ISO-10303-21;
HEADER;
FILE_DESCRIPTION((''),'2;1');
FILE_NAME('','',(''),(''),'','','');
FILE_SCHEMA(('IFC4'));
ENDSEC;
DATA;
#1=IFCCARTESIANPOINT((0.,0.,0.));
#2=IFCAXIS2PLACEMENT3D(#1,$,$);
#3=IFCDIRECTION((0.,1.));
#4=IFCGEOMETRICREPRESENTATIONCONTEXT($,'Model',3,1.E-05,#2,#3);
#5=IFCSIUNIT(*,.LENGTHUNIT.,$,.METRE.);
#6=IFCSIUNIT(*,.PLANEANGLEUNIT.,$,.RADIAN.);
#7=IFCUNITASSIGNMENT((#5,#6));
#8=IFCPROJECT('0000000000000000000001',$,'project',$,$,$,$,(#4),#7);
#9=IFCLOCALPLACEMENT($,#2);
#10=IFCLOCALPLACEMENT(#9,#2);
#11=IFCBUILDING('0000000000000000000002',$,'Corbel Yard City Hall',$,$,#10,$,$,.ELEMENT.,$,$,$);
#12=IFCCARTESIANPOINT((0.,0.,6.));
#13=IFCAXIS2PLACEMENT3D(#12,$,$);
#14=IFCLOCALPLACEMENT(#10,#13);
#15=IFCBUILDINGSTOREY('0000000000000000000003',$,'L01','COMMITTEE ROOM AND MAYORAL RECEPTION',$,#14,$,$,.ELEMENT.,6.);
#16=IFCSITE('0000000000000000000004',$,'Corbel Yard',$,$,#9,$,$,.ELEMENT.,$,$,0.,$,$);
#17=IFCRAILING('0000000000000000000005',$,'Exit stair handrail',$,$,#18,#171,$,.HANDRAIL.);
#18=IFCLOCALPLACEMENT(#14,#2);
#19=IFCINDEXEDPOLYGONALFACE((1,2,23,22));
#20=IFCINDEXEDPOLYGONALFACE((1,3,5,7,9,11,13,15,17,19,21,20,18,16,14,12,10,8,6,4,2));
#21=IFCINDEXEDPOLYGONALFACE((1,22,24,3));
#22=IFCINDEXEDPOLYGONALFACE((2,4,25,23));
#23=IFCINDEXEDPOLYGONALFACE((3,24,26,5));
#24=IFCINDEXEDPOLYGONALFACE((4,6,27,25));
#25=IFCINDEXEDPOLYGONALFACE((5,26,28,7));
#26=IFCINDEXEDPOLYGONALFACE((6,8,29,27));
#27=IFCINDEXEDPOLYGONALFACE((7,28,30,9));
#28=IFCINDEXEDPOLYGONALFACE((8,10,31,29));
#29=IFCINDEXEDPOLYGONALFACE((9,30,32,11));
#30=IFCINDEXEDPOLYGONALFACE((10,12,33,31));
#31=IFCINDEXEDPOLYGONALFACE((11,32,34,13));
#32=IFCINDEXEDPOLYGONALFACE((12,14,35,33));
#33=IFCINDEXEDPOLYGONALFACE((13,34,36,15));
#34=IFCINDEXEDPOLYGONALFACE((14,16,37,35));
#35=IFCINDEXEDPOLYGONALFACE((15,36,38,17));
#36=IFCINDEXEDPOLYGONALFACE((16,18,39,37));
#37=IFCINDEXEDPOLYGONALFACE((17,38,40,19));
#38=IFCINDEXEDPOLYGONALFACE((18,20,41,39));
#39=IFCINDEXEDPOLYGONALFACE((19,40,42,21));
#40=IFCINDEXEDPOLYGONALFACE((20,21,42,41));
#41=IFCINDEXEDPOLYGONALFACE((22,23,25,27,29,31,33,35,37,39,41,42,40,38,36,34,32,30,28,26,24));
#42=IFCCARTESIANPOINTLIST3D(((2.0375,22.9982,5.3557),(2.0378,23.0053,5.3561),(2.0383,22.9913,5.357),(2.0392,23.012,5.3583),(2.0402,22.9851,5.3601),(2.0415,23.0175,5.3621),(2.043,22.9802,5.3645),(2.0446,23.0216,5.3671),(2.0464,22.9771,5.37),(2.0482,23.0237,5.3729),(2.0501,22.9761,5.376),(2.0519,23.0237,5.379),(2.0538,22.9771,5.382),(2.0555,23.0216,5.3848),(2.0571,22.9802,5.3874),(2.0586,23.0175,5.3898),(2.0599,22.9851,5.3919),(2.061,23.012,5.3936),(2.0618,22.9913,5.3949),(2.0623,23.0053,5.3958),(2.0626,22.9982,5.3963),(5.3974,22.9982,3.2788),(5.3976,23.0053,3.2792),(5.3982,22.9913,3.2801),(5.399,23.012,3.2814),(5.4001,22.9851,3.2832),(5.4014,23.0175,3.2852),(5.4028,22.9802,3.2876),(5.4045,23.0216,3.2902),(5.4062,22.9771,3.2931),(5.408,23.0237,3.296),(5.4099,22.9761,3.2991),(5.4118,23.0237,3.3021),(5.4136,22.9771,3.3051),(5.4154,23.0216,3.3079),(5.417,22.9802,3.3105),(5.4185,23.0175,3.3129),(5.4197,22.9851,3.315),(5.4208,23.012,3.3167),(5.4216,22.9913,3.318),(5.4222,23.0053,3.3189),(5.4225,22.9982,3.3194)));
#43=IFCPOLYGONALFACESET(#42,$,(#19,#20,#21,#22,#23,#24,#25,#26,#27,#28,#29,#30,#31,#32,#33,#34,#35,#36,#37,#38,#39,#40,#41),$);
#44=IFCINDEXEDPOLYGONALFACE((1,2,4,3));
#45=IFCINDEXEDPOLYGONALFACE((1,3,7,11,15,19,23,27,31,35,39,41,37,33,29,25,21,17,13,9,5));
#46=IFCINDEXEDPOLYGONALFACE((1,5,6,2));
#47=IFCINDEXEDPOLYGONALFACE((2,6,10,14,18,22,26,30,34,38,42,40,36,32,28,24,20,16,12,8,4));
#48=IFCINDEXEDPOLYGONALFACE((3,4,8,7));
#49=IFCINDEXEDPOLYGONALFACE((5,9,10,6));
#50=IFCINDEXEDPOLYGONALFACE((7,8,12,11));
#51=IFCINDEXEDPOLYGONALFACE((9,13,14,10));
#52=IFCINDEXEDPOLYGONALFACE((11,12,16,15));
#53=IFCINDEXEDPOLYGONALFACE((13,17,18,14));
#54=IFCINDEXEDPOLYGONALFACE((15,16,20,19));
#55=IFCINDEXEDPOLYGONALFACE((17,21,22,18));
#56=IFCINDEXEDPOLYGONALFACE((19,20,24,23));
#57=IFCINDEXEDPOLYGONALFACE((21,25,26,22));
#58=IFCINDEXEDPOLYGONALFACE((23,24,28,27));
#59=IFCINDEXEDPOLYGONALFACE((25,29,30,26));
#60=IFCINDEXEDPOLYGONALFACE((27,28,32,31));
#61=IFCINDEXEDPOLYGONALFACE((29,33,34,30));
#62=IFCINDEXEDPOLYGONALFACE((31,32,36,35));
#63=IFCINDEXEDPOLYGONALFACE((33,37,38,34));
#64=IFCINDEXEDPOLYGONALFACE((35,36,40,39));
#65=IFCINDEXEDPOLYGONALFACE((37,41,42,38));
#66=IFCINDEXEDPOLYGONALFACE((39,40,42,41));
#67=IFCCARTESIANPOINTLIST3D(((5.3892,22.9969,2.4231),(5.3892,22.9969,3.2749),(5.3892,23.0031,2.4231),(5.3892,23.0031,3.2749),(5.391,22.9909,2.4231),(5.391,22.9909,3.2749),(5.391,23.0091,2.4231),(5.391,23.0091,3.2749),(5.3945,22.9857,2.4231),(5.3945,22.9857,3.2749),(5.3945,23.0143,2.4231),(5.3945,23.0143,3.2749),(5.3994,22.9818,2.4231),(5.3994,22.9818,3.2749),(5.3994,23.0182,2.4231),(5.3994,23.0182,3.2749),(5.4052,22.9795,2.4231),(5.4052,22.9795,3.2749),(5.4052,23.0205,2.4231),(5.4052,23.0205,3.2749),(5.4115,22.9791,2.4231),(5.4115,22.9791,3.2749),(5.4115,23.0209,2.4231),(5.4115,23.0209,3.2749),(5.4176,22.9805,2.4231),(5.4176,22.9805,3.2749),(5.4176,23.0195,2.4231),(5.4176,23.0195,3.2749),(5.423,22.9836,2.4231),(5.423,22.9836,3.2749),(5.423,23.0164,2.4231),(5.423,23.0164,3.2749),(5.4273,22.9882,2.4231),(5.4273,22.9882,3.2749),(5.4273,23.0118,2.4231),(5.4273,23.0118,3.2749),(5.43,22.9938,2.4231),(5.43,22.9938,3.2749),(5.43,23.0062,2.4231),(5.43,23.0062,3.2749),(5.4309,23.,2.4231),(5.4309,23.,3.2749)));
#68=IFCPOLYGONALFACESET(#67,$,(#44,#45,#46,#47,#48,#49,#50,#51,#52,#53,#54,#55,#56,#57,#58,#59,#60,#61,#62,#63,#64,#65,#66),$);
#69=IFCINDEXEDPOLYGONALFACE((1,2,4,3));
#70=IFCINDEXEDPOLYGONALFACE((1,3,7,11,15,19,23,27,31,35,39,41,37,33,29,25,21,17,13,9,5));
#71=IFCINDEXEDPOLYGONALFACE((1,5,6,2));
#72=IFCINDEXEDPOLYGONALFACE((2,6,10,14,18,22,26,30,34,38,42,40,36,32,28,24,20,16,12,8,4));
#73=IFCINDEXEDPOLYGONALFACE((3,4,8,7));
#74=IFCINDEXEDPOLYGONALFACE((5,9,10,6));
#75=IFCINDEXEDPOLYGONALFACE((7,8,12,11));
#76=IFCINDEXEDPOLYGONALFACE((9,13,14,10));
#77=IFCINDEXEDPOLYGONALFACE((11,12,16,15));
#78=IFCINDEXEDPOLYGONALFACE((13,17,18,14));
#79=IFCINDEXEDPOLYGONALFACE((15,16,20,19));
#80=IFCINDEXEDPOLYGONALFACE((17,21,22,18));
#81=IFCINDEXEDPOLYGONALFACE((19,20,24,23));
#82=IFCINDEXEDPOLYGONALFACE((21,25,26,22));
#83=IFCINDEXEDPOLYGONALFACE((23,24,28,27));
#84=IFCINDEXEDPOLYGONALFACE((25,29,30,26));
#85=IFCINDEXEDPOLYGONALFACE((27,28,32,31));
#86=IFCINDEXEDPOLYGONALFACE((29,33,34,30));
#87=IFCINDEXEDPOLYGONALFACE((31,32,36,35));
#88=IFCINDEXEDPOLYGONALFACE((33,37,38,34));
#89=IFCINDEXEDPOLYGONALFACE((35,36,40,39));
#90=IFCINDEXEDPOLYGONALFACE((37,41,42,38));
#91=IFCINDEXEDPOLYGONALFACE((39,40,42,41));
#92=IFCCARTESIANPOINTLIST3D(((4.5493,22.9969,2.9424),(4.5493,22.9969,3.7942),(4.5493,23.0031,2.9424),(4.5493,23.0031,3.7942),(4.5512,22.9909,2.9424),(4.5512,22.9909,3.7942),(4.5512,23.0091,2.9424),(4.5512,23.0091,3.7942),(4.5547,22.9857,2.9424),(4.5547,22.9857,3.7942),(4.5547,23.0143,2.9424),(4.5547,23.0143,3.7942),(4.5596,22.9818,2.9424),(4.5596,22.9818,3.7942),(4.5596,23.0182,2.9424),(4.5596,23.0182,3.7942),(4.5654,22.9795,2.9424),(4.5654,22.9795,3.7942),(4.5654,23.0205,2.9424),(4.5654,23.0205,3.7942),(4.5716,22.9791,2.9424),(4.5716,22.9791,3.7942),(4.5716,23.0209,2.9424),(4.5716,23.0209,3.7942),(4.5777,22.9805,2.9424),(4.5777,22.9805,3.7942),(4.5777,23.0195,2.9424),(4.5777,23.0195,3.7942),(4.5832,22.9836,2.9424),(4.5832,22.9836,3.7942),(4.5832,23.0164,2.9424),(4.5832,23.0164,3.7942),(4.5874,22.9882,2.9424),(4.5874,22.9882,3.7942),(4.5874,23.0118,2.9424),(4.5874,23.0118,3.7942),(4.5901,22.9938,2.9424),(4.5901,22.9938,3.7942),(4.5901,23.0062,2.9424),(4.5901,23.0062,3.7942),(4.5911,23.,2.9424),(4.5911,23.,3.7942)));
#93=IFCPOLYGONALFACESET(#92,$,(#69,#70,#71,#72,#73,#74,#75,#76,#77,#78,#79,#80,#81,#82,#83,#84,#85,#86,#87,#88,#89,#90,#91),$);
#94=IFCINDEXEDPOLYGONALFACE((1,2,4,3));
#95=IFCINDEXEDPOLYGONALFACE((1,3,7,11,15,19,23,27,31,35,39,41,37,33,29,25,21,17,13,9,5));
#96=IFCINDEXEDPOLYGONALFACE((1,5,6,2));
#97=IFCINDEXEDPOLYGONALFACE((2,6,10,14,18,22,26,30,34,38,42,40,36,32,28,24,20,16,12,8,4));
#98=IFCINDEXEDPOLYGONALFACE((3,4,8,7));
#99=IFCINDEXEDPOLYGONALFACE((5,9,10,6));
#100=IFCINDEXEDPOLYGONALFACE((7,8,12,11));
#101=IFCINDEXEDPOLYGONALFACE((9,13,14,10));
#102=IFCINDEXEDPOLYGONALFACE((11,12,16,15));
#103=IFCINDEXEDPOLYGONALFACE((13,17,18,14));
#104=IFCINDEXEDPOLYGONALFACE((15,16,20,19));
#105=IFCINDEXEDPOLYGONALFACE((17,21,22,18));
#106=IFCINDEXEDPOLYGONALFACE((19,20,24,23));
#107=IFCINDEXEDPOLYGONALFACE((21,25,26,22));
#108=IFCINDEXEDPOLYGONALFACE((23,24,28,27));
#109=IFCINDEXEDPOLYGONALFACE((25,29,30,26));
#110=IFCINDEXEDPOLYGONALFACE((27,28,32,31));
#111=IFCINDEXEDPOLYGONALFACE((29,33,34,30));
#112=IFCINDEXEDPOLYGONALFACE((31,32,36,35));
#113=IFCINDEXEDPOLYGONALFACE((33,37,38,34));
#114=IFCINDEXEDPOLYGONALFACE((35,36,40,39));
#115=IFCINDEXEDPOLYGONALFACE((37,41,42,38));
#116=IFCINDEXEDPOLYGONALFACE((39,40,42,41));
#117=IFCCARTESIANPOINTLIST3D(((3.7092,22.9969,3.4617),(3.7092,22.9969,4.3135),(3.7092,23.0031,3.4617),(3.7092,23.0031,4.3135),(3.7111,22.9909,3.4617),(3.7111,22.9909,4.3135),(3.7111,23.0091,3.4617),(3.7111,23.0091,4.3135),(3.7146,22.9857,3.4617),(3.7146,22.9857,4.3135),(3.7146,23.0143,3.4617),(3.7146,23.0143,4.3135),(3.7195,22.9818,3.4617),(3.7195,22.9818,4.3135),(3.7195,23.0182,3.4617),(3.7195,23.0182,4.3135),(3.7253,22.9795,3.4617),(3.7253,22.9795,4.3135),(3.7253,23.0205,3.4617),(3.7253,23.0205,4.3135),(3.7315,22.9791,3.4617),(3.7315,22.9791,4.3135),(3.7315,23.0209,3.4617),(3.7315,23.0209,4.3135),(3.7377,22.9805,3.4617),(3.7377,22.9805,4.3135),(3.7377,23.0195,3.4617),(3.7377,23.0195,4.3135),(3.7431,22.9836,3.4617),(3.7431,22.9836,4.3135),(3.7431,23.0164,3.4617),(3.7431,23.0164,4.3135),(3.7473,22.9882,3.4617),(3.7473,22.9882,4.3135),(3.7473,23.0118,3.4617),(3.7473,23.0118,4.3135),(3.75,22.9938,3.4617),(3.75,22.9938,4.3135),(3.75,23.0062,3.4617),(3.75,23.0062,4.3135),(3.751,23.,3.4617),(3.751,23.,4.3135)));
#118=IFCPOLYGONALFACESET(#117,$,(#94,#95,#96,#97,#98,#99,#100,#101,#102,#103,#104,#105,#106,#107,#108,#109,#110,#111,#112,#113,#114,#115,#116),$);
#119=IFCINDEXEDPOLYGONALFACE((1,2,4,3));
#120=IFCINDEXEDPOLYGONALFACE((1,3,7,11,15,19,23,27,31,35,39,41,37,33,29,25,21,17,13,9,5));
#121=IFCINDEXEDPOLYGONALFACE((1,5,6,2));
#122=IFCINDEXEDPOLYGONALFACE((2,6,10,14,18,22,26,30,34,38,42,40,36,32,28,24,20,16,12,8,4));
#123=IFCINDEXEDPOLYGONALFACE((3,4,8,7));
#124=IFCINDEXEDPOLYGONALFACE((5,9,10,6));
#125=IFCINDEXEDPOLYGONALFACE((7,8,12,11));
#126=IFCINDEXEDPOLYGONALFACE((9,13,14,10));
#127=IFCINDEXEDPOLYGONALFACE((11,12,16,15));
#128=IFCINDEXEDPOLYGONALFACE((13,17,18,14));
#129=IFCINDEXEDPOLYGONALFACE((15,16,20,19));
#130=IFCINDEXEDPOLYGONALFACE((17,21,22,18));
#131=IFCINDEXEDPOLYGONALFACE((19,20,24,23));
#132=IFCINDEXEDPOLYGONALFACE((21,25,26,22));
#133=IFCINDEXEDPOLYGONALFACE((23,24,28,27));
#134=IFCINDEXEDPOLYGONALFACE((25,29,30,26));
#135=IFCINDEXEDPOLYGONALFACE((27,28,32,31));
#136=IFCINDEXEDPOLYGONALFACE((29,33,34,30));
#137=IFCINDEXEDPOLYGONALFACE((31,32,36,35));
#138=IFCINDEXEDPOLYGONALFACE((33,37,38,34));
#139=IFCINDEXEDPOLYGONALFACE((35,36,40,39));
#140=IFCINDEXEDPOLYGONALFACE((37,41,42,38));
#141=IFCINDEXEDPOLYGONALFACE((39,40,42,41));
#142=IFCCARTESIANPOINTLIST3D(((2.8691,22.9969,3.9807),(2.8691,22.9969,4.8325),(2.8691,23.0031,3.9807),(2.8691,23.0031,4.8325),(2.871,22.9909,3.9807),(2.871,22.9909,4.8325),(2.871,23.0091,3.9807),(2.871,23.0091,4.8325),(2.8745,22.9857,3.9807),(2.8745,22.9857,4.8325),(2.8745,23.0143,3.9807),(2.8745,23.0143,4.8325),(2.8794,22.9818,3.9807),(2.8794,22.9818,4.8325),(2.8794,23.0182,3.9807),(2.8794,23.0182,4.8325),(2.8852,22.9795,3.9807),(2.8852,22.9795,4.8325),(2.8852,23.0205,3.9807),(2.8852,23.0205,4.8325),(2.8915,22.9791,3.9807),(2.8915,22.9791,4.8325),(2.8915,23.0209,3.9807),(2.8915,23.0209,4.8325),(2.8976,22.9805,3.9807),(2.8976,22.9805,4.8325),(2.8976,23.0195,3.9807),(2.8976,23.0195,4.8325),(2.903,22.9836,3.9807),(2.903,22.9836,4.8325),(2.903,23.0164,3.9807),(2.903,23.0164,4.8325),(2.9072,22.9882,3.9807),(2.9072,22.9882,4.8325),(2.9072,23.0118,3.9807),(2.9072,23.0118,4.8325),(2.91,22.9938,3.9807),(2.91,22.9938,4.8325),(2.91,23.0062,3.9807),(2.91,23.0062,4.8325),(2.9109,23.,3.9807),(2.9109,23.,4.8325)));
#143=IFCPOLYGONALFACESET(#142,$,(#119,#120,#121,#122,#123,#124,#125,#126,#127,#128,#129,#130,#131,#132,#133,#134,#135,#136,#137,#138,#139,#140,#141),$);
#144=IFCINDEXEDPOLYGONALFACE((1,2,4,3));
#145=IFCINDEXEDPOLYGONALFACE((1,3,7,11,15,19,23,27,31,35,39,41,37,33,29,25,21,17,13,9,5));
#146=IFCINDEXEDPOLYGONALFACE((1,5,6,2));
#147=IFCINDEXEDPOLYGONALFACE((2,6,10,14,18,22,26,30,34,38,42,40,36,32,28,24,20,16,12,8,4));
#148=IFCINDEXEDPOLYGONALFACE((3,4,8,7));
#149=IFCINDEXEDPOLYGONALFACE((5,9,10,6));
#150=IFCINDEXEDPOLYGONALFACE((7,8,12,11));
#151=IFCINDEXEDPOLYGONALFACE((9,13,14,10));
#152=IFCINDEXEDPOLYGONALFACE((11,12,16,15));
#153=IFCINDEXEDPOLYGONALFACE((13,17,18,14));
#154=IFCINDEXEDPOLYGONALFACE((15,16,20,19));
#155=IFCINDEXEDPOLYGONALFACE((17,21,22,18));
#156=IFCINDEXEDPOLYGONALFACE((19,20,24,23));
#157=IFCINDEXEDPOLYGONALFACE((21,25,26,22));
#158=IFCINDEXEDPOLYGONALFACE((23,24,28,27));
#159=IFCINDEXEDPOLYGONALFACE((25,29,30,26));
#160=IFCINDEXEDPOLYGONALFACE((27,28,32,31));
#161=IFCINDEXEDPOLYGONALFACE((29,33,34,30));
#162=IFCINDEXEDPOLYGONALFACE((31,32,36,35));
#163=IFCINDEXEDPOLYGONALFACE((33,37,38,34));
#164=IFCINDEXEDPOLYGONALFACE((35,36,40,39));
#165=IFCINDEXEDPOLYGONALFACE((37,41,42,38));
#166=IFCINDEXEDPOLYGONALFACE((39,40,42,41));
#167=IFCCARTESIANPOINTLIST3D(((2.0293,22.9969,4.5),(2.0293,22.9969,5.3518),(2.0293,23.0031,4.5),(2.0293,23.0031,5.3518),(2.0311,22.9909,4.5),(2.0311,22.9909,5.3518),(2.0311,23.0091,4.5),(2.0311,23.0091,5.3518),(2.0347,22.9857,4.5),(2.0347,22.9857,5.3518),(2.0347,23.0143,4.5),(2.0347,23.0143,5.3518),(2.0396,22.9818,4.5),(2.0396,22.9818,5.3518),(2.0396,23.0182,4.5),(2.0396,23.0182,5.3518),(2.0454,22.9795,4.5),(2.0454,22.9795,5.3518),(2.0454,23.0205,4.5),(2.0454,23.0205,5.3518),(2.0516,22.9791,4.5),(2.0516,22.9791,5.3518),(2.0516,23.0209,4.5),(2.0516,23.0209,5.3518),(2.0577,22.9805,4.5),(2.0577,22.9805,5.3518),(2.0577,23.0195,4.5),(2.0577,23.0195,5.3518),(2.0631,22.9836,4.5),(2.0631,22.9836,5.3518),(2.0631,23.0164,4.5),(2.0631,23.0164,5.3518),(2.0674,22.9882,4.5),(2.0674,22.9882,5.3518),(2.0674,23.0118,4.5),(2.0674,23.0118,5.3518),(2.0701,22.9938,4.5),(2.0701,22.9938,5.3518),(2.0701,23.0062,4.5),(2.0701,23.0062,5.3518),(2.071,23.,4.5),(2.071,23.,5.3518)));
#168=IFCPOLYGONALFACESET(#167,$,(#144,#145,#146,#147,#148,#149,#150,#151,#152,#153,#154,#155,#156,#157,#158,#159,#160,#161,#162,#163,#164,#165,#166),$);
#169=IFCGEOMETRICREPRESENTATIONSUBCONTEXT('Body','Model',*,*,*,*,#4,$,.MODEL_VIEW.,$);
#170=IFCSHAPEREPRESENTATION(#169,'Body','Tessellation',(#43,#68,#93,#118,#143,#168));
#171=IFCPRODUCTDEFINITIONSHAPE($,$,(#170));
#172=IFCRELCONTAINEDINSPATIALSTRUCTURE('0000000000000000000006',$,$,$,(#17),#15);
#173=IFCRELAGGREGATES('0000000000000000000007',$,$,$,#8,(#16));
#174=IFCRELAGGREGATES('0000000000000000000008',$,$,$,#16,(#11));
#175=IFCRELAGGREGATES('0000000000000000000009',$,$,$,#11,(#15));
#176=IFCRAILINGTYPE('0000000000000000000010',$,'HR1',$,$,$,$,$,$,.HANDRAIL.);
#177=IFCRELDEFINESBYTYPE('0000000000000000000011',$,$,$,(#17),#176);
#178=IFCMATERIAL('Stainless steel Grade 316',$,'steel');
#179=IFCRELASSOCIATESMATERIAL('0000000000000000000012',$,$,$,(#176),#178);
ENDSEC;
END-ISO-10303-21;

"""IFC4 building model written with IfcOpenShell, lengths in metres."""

from ifc_helpers import new_model, si_unit, direction, frame, origin, origin_2d, place, context, subcontext, project, spatial, circle, extrude, material, type_object, element, save


model = new_model("IFC4")

# Units and contexts
model_context = context("Model", 3, precision=1e-05, world=origin(), true_north=direction((0.0, 1.0)))
body_context = subcontext(model_context, "Body", "Model", "MODEL_VIEW")
ifc_project = project(units=[si_unit("LENGTHUNIT", "METRE"), si_unit("PLANEANGLEUNIT", "RADIAN")], contexts=[model_context])

# Site, building, storey
site_placement = place(None, origin())
site = spatial("IfcSite", under=ifc_project, at=site_placement, Name="Corbel Yard", CompositionType="ELEMENT", RefElevation=0.0)
building_placement = place(site_placement, origin())
building = spatial("IfcBuilding", under=site, at=building_placement, Name="Corbel Yard City Hall", CompositionType="ELEMENT")
storey_placement = place(building_placement, frame((0.0, 0.0, 6.0)))
storey = spatial("IfcBuildingStorey", under=building, at=storey_placement, Name="L01", Description="COMMITTEE ROOM AND MAYORAL RECEPTION", CompositionType="ELEMENT", Elevation=6.0)

# Railing
ifc_material_1 = material(Name="Stainless steel Grade 316", Category="steel")
railing_type_1 = type_object("IfcRailingType", Name="HR1", PredefinedType="HANDRAIL", material=ifc_material_1)
for number, where, name in (
    (1, (5.4099, 23.0, 2.4231), "Exit stair handrail"),
):
    element("IfcRailing", number, at=place(storey_placement, frame(where)), inside=storey, type_object=railing_type_1, Name=name, PredefinedType="HANDRAIL", context=body_context, shape_type="SweptSolid", body=[
        extrude(circle(Radius=0.0239, at=origin_2d()), frame((0.0, 0.0, 0.876), z_axis=(-0.850606, 0.0, 0.525803), x_axis=(0.0, -1.0, 0.0)), (0.0, 0.0, 1.0), 3.95),
        extrude(circle(Radius=0.021, at=origin_2d()), origin(), (0.0, 0.0, 1.0), 0.8518),
        extrude(circle(Radius=0.021, at=origin_2d()), frame((-0.8398, 0.0, 0.5193)), (0.0, 0.0, 1.0), 0.8518),
        extrude(circle(Radius=0.021, at=origin_2d()), frame((-1.6799, 0.0, 1.0386)), (0.0, 0.0, 1.0), 0.8518),
        extrude(circle(Radius=0.021, at=origin_2d()), frame((-2.52, 0.0, 1.5576)), (0.0, 0.0, 1.0), 0.8518),
        extrude(circle(Radius=0.021, at=origin_2d()), frame((-3.3599, 0.0, 2.0769)), (0.0, 0.0, 1.0), 0.8518),
    ])

save(model, "model.ifc")
